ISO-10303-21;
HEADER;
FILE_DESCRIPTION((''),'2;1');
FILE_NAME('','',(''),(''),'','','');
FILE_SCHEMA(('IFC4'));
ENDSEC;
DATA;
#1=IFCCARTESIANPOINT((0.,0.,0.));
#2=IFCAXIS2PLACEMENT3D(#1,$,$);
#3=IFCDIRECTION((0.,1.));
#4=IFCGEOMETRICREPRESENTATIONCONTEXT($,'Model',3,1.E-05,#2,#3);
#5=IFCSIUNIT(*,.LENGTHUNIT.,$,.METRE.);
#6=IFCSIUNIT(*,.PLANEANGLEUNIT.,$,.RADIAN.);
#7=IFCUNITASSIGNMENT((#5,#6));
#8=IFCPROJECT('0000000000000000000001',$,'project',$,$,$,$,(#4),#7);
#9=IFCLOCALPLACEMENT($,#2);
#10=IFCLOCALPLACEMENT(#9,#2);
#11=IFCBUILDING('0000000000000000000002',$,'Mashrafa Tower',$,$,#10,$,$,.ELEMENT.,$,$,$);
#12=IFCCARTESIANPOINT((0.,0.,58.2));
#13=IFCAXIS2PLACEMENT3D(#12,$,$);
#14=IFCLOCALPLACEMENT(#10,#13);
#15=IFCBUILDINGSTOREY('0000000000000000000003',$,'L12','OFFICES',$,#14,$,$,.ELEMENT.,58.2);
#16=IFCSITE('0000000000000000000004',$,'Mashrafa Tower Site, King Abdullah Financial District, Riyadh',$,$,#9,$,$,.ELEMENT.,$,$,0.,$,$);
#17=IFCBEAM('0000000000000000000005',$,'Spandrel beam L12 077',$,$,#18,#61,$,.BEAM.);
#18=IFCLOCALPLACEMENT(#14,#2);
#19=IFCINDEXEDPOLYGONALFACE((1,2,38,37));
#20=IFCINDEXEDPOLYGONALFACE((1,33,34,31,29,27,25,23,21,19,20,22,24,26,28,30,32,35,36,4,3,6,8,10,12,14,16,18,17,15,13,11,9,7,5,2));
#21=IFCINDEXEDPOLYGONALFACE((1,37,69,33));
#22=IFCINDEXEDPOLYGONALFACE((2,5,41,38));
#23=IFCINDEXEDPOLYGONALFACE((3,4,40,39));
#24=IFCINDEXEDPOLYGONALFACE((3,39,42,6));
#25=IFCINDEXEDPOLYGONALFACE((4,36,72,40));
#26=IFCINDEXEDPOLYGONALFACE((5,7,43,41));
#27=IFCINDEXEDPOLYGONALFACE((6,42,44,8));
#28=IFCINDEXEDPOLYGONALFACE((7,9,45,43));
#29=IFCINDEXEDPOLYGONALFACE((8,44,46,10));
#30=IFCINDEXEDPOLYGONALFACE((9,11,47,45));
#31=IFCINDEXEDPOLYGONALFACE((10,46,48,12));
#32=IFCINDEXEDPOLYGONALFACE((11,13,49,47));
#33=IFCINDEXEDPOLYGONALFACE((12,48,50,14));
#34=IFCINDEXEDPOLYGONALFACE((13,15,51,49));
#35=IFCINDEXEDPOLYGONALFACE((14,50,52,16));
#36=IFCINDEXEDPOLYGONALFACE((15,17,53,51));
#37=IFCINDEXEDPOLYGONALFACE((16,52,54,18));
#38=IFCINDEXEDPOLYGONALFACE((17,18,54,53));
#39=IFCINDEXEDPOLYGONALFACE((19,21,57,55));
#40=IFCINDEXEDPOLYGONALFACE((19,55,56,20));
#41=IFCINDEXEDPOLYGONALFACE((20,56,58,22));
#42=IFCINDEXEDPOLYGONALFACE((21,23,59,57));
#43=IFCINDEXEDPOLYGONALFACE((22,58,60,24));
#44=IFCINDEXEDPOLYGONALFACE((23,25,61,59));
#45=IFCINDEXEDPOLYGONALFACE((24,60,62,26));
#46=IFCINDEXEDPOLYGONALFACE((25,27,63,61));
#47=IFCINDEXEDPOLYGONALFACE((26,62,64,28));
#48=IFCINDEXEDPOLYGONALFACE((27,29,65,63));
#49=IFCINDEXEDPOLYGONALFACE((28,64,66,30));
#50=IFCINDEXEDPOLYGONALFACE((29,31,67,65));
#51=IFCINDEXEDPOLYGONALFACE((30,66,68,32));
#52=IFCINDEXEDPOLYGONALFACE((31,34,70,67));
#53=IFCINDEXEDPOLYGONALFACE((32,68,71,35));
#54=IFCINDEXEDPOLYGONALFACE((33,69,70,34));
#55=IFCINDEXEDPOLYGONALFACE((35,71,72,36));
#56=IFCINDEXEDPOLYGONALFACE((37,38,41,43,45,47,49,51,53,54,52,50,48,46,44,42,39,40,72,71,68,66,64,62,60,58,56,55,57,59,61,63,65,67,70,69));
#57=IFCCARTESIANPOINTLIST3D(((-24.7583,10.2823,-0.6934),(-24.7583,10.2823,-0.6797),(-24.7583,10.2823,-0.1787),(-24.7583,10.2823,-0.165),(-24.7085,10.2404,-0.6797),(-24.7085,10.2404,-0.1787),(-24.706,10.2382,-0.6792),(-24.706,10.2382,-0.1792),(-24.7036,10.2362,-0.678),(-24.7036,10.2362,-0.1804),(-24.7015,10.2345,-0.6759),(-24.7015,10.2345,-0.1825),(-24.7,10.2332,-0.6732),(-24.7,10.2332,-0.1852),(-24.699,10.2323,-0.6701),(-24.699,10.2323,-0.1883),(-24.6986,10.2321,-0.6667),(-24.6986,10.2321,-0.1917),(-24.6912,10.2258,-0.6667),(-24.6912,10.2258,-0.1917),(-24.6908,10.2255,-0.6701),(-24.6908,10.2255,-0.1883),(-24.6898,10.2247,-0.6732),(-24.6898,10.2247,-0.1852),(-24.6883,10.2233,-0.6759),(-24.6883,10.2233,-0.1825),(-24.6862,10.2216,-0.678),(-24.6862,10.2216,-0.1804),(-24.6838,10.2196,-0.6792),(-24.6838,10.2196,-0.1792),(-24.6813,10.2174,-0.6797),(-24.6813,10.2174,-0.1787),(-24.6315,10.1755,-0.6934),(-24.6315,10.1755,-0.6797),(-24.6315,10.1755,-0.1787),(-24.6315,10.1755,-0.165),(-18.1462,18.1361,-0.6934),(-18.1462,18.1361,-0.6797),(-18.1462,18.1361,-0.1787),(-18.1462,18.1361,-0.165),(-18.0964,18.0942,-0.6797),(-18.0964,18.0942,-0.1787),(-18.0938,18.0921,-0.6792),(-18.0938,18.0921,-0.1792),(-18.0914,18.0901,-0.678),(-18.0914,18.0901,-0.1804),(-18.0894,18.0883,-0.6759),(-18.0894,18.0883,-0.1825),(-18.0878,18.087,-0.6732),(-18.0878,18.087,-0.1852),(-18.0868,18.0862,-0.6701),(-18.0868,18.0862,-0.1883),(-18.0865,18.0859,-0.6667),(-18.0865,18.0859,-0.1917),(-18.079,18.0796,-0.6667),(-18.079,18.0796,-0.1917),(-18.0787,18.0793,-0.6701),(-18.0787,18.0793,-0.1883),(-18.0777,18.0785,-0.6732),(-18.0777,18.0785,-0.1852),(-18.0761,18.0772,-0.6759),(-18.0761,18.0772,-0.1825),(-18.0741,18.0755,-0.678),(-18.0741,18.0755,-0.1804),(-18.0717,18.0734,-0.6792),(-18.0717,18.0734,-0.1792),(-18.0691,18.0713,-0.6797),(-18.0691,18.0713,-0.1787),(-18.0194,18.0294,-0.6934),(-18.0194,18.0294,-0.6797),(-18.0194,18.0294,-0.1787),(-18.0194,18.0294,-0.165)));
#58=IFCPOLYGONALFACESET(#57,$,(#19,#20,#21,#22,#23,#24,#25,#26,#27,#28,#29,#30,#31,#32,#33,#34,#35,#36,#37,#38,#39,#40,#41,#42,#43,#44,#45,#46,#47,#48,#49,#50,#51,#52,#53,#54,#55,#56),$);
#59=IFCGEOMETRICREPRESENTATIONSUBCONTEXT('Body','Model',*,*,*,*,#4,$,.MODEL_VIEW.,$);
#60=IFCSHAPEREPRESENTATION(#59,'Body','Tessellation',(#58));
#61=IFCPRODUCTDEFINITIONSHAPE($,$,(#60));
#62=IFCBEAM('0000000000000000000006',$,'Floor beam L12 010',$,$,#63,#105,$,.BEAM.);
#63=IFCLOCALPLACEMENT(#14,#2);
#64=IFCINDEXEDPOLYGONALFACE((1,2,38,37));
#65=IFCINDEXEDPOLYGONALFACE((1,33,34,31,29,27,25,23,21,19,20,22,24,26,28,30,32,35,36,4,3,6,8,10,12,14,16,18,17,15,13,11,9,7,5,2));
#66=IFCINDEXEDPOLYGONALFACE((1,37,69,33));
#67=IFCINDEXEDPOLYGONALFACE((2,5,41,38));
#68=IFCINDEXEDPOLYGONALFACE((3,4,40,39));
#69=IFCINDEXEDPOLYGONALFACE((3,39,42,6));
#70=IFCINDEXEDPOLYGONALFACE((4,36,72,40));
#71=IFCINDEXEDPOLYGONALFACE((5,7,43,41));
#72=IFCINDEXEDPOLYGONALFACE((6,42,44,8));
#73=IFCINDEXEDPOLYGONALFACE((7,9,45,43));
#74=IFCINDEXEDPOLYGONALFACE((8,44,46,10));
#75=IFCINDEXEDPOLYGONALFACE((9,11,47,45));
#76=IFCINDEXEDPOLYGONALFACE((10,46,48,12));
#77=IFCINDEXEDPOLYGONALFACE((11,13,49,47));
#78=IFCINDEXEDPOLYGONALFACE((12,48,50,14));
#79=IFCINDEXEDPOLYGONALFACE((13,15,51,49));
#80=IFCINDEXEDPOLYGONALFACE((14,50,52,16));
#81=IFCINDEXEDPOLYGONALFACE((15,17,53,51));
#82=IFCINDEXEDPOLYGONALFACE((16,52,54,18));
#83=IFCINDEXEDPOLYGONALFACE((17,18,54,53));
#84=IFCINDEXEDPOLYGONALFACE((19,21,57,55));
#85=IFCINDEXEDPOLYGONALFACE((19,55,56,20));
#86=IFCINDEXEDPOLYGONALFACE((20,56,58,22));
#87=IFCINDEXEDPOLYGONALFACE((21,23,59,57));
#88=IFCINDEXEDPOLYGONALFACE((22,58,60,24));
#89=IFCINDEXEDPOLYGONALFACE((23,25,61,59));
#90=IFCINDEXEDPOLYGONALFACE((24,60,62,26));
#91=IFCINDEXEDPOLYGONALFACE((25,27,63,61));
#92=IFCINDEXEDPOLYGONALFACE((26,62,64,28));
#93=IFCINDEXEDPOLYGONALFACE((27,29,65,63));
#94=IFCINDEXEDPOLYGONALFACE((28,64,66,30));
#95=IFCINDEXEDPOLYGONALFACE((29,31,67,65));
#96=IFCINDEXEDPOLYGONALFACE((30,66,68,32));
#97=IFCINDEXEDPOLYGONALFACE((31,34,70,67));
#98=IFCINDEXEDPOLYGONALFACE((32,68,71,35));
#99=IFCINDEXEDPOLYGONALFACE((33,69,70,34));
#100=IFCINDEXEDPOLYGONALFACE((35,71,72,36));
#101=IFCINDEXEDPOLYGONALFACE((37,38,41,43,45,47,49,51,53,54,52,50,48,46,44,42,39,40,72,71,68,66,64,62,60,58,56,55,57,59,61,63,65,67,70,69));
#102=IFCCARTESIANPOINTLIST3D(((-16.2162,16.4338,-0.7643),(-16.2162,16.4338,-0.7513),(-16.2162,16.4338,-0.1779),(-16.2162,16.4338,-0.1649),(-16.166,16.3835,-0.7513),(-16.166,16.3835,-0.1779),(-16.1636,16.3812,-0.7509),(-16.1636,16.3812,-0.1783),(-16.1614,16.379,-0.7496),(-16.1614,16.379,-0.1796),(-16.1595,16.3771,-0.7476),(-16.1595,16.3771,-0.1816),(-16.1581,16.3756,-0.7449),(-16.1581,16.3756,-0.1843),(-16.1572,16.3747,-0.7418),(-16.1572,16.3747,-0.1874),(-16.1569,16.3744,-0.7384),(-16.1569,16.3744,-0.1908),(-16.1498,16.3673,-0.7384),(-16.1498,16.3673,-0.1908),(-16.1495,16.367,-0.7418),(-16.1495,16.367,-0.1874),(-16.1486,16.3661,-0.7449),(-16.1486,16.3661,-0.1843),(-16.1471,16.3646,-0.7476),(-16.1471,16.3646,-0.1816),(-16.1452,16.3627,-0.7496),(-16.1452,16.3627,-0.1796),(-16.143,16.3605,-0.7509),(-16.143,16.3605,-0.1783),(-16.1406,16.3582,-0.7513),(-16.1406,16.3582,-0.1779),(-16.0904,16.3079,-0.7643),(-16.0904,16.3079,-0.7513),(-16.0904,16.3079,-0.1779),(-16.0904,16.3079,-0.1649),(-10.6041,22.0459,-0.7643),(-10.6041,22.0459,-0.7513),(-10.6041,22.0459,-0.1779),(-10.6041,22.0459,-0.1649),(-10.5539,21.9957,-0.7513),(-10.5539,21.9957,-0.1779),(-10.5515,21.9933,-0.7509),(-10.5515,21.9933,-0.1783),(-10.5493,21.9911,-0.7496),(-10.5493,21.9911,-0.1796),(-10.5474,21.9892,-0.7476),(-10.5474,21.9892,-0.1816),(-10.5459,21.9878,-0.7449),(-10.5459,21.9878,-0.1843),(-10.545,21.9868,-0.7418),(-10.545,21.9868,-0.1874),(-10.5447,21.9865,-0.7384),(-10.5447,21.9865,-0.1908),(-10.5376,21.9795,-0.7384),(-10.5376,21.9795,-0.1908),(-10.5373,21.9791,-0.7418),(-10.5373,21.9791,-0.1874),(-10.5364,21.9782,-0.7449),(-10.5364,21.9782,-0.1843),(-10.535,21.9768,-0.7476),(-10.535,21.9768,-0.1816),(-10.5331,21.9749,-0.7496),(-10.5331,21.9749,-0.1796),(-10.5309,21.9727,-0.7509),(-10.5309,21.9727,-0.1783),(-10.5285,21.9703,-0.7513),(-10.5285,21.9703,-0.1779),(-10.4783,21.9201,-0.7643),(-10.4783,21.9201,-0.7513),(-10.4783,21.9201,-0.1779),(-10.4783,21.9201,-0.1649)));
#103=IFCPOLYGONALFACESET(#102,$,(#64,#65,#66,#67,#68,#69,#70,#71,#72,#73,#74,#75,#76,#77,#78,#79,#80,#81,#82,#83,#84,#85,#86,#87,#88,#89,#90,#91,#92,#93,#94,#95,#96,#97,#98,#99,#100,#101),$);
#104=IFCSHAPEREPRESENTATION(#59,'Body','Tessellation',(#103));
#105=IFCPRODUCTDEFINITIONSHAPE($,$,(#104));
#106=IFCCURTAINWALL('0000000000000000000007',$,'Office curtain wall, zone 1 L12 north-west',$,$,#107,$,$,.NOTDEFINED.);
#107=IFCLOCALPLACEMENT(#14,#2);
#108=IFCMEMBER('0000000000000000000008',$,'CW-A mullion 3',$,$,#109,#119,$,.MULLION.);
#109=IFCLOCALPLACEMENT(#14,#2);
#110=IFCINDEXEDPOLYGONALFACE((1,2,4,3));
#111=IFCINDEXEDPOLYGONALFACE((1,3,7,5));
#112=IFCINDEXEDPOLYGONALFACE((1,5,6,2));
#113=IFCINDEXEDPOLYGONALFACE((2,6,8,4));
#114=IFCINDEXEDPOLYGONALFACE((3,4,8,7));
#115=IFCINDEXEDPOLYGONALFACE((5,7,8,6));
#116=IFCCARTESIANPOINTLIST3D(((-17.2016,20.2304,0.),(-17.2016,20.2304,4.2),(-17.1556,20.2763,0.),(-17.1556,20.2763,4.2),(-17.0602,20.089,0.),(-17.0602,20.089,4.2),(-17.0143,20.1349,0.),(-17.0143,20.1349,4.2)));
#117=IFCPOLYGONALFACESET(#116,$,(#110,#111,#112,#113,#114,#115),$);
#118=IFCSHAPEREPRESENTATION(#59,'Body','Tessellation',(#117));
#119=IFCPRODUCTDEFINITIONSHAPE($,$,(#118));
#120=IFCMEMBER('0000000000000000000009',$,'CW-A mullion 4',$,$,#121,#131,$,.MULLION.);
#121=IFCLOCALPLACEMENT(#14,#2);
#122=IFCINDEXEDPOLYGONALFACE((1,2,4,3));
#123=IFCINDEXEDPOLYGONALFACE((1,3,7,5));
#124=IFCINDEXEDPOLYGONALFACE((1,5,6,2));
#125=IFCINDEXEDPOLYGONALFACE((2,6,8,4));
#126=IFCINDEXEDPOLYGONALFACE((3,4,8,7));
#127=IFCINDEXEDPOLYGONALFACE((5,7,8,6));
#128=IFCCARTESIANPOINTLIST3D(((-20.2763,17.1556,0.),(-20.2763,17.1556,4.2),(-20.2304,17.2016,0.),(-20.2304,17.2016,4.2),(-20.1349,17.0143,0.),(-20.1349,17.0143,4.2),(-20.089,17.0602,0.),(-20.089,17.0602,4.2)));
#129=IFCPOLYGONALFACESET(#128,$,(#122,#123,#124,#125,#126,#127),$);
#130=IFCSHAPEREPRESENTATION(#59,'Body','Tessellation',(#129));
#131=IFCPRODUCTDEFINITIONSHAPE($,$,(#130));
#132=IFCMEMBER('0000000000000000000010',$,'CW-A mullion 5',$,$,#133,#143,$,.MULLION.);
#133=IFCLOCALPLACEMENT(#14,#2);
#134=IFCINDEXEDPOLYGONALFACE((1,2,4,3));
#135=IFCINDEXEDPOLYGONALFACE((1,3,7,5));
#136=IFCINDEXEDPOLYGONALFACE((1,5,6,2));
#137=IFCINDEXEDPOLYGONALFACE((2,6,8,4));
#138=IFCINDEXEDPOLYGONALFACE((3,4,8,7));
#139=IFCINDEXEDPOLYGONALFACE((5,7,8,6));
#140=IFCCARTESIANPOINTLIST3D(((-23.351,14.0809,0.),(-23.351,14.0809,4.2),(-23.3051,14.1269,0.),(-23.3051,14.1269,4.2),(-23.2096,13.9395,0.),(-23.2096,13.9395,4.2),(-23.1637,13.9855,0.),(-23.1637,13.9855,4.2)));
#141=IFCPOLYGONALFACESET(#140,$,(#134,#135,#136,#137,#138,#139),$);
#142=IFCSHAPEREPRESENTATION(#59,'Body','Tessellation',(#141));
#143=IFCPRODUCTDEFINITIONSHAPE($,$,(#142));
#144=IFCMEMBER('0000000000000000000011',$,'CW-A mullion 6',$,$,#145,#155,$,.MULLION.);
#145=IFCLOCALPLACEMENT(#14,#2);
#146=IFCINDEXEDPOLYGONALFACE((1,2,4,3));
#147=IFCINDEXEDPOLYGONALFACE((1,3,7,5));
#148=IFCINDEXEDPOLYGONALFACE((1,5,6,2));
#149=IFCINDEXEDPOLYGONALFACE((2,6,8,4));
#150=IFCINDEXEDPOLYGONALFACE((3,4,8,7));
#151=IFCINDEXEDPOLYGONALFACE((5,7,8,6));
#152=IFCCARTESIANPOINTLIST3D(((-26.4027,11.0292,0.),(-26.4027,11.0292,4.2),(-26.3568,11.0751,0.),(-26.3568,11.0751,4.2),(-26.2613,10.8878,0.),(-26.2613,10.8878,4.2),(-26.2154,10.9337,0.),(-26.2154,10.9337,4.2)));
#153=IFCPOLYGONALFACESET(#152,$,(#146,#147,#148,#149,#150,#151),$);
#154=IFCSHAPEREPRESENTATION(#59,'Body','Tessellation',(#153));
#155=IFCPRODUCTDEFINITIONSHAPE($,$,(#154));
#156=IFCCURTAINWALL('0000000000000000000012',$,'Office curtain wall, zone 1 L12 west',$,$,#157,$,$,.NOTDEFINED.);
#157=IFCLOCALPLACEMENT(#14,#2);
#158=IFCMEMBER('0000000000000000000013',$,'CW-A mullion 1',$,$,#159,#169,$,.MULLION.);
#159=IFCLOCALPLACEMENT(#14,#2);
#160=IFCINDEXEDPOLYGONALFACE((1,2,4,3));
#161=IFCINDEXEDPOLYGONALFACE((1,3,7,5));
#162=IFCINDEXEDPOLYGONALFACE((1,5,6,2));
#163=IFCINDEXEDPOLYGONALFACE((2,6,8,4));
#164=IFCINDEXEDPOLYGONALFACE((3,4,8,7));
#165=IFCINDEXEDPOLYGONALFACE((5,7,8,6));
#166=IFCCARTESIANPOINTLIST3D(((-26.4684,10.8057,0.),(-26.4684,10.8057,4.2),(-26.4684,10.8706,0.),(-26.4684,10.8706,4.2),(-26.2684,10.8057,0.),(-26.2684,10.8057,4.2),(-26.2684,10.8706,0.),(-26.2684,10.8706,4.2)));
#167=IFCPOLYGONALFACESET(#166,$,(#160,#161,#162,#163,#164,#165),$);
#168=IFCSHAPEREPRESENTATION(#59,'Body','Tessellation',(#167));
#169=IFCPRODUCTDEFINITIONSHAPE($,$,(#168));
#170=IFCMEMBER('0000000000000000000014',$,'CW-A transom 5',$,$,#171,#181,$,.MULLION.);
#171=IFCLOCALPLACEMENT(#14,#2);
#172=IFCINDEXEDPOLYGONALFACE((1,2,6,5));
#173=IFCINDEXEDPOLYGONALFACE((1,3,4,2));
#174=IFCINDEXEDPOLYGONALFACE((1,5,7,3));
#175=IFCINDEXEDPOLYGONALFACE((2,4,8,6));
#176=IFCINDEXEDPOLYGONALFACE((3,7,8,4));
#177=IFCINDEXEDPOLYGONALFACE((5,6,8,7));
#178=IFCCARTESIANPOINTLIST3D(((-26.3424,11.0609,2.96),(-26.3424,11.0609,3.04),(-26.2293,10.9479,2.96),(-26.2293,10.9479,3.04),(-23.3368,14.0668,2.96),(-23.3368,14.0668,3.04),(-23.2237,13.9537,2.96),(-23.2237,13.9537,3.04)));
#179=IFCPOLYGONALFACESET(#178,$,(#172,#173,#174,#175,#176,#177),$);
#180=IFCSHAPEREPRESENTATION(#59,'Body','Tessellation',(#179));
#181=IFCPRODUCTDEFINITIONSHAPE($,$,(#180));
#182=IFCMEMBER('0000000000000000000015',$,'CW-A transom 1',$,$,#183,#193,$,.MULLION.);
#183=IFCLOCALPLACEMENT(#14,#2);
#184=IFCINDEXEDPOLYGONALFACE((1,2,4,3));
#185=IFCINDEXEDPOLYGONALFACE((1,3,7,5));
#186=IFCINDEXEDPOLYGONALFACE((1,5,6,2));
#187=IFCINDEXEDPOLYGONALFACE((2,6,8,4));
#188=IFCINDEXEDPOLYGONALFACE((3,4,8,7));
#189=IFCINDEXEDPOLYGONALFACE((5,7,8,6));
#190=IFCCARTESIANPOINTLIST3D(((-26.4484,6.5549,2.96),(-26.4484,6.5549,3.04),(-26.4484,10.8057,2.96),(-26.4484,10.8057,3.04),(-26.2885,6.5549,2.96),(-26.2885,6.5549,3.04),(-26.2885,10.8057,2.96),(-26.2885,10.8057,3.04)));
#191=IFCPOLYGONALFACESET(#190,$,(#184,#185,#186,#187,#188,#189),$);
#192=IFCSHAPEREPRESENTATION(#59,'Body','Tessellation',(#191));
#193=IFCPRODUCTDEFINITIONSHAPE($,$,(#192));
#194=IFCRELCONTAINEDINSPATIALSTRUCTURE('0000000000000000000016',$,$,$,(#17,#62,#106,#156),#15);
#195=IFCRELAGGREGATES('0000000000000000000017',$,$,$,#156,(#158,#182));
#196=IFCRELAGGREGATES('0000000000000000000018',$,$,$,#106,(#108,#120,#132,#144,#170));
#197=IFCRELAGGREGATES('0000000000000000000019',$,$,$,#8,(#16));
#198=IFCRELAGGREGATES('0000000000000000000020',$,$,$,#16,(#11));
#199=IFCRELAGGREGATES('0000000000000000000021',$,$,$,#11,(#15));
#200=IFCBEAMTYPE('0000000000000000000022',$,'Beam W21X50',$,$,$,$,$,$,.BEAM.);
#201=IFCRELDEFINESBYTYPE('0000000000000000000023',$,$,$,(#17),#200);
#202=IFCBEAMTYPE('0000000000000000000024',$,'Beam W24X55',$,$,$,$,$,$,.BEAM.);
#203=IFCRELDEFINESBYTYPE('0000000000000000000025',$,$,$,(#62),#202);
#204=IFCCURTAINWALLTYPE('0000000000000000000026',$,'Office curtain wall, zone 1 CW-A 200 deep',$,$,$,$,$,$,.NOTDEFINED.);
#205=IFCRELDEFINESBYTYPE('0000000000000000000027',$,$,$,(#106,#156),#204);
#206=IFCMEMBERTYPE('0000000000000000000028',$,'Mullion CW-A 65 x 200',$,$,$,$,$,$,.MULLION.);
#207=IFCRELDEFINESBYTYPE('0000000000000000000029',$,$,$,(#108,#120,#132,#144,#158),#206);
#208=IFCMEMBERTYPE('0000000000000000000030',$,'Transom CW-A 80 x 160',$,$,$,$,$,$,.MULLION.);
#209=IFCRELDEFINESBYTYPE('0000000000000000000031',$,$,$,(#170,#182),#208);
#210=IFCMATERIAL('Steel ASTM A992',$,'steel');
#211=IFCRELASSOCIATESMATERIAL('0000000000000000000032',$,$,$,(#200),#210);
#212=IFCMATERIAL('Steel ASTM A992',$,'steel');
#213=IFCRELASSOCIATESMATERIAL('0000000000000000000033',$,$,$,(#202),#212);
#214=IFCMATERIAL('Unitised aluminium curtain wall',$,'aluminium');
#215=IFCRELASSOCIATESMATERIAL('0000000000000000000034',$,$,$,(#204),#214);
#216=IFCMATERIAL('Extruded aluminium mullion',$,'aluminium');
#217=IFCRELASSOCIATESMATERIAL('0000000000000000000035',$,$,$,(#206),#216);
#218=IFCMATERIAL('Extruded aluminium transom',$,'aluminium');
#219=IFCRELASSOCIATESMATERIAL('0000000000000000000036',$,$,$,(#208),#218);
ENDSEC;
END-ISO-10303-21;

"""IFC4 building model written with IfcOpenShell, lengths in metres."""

from ifc_helpers import new_model, si_unit, direction, frame, origin, origin_2d, place, context, subcontext, project, spatial, rectangle, i_section, extrude, source, transform, mapped, material, material_profile, profile_set, type_object, type_shapes, element, aggregate, save


model = new_model("IFC4")

# Units and contexts
model_context = context("Model", 3, precision=1e-05, world=origin(), true_north=direction((0.0, 1.0)))
body_context = subcontext(model_context, "Body", "Model", "MODEL_VIEW")
ifc_project = project(units=[si_unit("LENGTHUNIT", "METRE"), si_unit("PLANEANGLEUNIT", "RADIAN")], contexts=[model_context])

# Site, building, storey
site_placement = place(None, origin())
site = spatial("IfcSite", under=ifc_project, at=site_placement, Name="Mashrafa Tower Site, King Abdullah Financial District, Riyadh", CompositionType="ELEMENT", RefElevation=0.0)
building_placement = place(site_placement, origin())
building = spatial("IfcBuilding", under=site, at=building_placement, Name="Mashrafa Tower", CompositionType="ELEMENT")
storey_placement = place(building_placement, frame((0.0, 0.0, 58.2)))
storey = spatial("IfcBuildingStorey", under=building, at=storey_placement, Name="L12", Description="OFFICES", CompositionType="ELEMENT", Elevation=58.2)

# Beams
ifc_material_1 = material(Name="Steel ASTM A992", Category="steel")
ifc_material_profile_1 = material_profile(ifc_material_1, i_section(OverallWidth=0.1658, OverallDepth=0.5283, WebThickness=0.0098, FlangeThickness=0.0137, FilletRadius=0.0129, at=origin_2d()), Name="W21X50")
ifc_profile_set_1 = profile_set([ifc_material_profile_1], Name="Steel ASTM A992")
beam_type_1 = type_object("IfcBeamType", Name="Beam W21X50", PredefinedType="BEAM", material=ifc_profile_set_1)
beam_1_placement = place(storey_placement, frame((-18.0828, 18.0828, -0.4292), z_axis=(-0.644043, -0.76499, 0.0), x_axis=(0.76499, -0.644043, 0.0)))
element("IfcBeam", 1, at=beam_1_placement, inside=storey, type_object=beam_type_1, Name="Spandrel beam L12 077", PredefinedType="BEAM", context=body_context, shape_type="SweptSolid", body=[
    extrude(i_section(OverallWidth=0.1658, OverallDepth=0.5283, WebThickness=0.0098, FlangeThickness=0.0137, FilletRadius=0.0129, at=origin_2d()), origin(), (0.0, 0.0, 1.0), 10.2666),
])
ifc_material_2 = material(Name="Steel ASTM A992", Category="steel")
ifc_material_profile_2 = material_profile(ifc_material_2, i_section(OverallWidth=0.178, OverallDepth=0.5994, WebThickness=0.01, FlangeThickness=0.0129, FilletRadius=0.0129, at=origin_2d()), Name="W24X55")
ifc_profile_set_2 = profile_set([ifc_material_profile_2], Name="Steel ASTM A992")
beam_type_2 = type_object("IfcBeamType", Name="Beam W24X55", PredefinedType="BEAM", material=ifc_profile_set_2)
beam_2_placement = place(storey_placement, frame((-16.1533, 16.3708, -0.4646), z_axis=(0.707107, 0.707107, 0.0), x_axis=(-0.707107, 0.707107, 0.0)))
element("IfcBeam", 2, at=beam_2_placement, inside=storey, type_object=beam_type_2, Name="Floor beam L12 010", PredefinedType="BEAM", context=body_context, shape_type="SweptSolid", body=[
    extrude(i_section(OverallWidth=0.178, OverallDepth=0.5994, WebThickness=0.01, FlangeThickness=0.0129, FilletRadius=0.0129, at=origin_2d()), origin(), (0.0, 0.0, 1.0), 7.9368),
])

# Curtain wall, members
ifc_material_3 = material(Name="Unitised aluminium curtain wall", Category="aluminium")
curtain_wall_type = type_object("IfcCurtainWallType", Name="Office curtain wall, zone 1 CW-A 200 deep", PredefinedType="NOTDEFINED", material=ifc_material_3)
curtain_wall_1_placement = place(storey_placement, origin())
curtain_wall_1 = element("IfcCurtainWall", 3, at=curtain_wall_1_placement, inside=storey, type_object=curtain_wall_type, Name="Office curtain wall, zone 1 L12 north-west", PredefinedType="NOTDEFINED")
ifc_material_4 = material(Name="Extruded aluminium mullion", Category="aluminium")
ifc_material_profile_3 = material_profile(ifc_material_4, rectangle(XDim=0.2, YDim=0.0649, at=origin_2d()), Name="Mullion 65x200")
ifc_profile_set_3 = profile_set([ifc_material_profile_3], Name="Extruded aluminium mullion")
member_type_1 = type_object("IfcMemberType", Name="Mullion CW-A 65 x 200", PredefinedType="MULLION", material=ifc_profile_set_3)
shared_shape_1 = source(origin(), body_context, "Body", "SweptSolid", [
    extrude(rectangle(XDim=0.2, YDim=0.0649, at=origin_2d()), origin(), (0.0, 0.0, 1.0), 4.2),
])
type_shapes(member_type_1, [shared_shape_1])
member_1_placement = place(storey_placement, frame((-17.1079, 20.1826, 0.0), z_axis=(0.0, 0.0, 1.0), x_axis=(0.707107, -0.707107, 0.0)))
member_1 = element("IfcMember", 4, at=member_1_placement, type_object=member_type_1, Name="CW-A mullion 3", PredefinedType="MULLION", context=body_context, shape_type="MappedRepresentation", body=[
    mapped(shared_shape_1, transform((0.0, 0.0, 0.0))),
])
member_2_placement = place(storey_placement, frame((-20.1826, 17.1079, 0.0), z_axis=(0.0, 0.0, 1.0), x_axis=(0.707107, -0.707107, 0.0)))
member_2 = element("IfcMember", 5, at=member_2_placement, type_object=member_type_1, Name="CW-A mullion 4", PredefinedType="MULLION", context=body_context, shape_type="MappedRepresentation", body=[
    mapped(shared_shape_1, transform((0.0, 0.0, 0.0))),
])
member_3_placement = place(storey_placement, frame((-23.2573, 14.0332, 0.0), z_axis=(0.0, 0.0, 1.0), x_axis=(0.707107, -0.707107, 0.0)))
member_3 = element("IfcMember", 6, at=member_3_placement, type_object=member_type_1, Name="CW-A mullion 5", PredefinedType="MULLION", context=body_context, shape_type="MappedRepresentation", body=[
    mapped(shared_shape_1, transform((0.0, 0.0, 0.0))),
])
member_4_placement = place(storey_placement, frame((-26.3091, 10.9814, 0.0), z_axis=(0.0, 0.0, 1.0), x_axis=(0.707107, -0.707107, 0.0)))
member_4 = element("IfcMember", 7, at=member_4_placement, type_object=member_type_1, Name="CW-A mullion 6", PredefinedType="MULLION", context=body_context, shape_type="MappedRepresentation", body=[
    mapped(shared_shape_1, transform((0.0, 0.0, 0.0))),
])

# Curtain wall, member
curtain_wall_2_placement = place(storey_placement, origin())
curtain_wall_2 = element("IfcCurtainWall", 8, at=curtain_wall_2_placement, inside=storey, type_object=curtain_wall_type, Name="Office curtain wall, zone 1 L12 west", PredefinedType="NOTDEFINED")
member_5_placement = place(storey_placement, frame((-26.3684, 10.8381, 0.0), z_axis=(0.0, 0.0, 1.0), x_axis=(1.0, 0.0, 0.0)))
member_5 = element("IfcMember", 9, at=member_5_placement, type_object=member_type_1, Name="CW-A mullion 1", PredefinedType="MULLION", context=body_context, shape_type="MappedRepresentation", body=[
    mapped(shared_shape_1, transform((0.0, 0.0, 0.0))),
])

# Members
ifc_material_5 = material(Name="Extruded aluminium transom", Category="aluminium")
ifc_material_profile_4 = material_profile(ifc_material_5, rectangle(XDim=0.1599, YDim=0.0801, at=origin_2d()), Name="Transom 80x160")
ifc_profile_set_4 = profile_set([ifc_material_profile_4], Name="Extruded aluminium transom")
member_type_2 = type_object("IfcMemberType", Name="Transom CW-A 80 x 160", PredefinedType="MULLION", material=ifc_profile_set_4)
shared_shape_2 = source(origin(), body_context, "Body", "SweptSolid", [
    extrude(rectangle(XDim=0.1599, YDim=0.0801, at=origin_2d()), origin(), (0.0, 0.0, 1.0), 4.2507),
])
member_6_placement = place(storey_placement, frame((-23.2803, 14.0103, 3.0), z_axis=(-0.707078, -0.707135, 0.0), x_axis=(0.707135, -0.707078, 0.0)))
member_6 = element("IfcMember", 10, at=member_6_placement, type_object=member_type_2, Name="CW-A transom 5", PredefinedType="MULLION", context=body_context, shape_type="MappedRepresentation", body=[
    mapped(shared_shape_2, transform((0.0, 0.0, 0.0))),
])
member_7_placement = place(storey_placement, frame((-26.3684, 10.8057, 3.0), z_axis=(0.0, -1.0, 0.0), x_axis=(1.0, 0.0, 0.0)))
member_7 = element("IfcMember", 11, at=member_7_placement, type_object=member_type_2, Name="CW-A transom 1", PredefinedType="MULLION", context=body_context, shape_type="MappedRepresentation", body=[
    mapped(shared_shape_2, transform((0.0, 0.0, 0.0))),
])
aggregate(curtain_wall_2, [member_5, member_7])

aggregate(curtain_wall_1, [member_1, member_2, member_3, member_4, member_6])

save(model, "model.ifc")
